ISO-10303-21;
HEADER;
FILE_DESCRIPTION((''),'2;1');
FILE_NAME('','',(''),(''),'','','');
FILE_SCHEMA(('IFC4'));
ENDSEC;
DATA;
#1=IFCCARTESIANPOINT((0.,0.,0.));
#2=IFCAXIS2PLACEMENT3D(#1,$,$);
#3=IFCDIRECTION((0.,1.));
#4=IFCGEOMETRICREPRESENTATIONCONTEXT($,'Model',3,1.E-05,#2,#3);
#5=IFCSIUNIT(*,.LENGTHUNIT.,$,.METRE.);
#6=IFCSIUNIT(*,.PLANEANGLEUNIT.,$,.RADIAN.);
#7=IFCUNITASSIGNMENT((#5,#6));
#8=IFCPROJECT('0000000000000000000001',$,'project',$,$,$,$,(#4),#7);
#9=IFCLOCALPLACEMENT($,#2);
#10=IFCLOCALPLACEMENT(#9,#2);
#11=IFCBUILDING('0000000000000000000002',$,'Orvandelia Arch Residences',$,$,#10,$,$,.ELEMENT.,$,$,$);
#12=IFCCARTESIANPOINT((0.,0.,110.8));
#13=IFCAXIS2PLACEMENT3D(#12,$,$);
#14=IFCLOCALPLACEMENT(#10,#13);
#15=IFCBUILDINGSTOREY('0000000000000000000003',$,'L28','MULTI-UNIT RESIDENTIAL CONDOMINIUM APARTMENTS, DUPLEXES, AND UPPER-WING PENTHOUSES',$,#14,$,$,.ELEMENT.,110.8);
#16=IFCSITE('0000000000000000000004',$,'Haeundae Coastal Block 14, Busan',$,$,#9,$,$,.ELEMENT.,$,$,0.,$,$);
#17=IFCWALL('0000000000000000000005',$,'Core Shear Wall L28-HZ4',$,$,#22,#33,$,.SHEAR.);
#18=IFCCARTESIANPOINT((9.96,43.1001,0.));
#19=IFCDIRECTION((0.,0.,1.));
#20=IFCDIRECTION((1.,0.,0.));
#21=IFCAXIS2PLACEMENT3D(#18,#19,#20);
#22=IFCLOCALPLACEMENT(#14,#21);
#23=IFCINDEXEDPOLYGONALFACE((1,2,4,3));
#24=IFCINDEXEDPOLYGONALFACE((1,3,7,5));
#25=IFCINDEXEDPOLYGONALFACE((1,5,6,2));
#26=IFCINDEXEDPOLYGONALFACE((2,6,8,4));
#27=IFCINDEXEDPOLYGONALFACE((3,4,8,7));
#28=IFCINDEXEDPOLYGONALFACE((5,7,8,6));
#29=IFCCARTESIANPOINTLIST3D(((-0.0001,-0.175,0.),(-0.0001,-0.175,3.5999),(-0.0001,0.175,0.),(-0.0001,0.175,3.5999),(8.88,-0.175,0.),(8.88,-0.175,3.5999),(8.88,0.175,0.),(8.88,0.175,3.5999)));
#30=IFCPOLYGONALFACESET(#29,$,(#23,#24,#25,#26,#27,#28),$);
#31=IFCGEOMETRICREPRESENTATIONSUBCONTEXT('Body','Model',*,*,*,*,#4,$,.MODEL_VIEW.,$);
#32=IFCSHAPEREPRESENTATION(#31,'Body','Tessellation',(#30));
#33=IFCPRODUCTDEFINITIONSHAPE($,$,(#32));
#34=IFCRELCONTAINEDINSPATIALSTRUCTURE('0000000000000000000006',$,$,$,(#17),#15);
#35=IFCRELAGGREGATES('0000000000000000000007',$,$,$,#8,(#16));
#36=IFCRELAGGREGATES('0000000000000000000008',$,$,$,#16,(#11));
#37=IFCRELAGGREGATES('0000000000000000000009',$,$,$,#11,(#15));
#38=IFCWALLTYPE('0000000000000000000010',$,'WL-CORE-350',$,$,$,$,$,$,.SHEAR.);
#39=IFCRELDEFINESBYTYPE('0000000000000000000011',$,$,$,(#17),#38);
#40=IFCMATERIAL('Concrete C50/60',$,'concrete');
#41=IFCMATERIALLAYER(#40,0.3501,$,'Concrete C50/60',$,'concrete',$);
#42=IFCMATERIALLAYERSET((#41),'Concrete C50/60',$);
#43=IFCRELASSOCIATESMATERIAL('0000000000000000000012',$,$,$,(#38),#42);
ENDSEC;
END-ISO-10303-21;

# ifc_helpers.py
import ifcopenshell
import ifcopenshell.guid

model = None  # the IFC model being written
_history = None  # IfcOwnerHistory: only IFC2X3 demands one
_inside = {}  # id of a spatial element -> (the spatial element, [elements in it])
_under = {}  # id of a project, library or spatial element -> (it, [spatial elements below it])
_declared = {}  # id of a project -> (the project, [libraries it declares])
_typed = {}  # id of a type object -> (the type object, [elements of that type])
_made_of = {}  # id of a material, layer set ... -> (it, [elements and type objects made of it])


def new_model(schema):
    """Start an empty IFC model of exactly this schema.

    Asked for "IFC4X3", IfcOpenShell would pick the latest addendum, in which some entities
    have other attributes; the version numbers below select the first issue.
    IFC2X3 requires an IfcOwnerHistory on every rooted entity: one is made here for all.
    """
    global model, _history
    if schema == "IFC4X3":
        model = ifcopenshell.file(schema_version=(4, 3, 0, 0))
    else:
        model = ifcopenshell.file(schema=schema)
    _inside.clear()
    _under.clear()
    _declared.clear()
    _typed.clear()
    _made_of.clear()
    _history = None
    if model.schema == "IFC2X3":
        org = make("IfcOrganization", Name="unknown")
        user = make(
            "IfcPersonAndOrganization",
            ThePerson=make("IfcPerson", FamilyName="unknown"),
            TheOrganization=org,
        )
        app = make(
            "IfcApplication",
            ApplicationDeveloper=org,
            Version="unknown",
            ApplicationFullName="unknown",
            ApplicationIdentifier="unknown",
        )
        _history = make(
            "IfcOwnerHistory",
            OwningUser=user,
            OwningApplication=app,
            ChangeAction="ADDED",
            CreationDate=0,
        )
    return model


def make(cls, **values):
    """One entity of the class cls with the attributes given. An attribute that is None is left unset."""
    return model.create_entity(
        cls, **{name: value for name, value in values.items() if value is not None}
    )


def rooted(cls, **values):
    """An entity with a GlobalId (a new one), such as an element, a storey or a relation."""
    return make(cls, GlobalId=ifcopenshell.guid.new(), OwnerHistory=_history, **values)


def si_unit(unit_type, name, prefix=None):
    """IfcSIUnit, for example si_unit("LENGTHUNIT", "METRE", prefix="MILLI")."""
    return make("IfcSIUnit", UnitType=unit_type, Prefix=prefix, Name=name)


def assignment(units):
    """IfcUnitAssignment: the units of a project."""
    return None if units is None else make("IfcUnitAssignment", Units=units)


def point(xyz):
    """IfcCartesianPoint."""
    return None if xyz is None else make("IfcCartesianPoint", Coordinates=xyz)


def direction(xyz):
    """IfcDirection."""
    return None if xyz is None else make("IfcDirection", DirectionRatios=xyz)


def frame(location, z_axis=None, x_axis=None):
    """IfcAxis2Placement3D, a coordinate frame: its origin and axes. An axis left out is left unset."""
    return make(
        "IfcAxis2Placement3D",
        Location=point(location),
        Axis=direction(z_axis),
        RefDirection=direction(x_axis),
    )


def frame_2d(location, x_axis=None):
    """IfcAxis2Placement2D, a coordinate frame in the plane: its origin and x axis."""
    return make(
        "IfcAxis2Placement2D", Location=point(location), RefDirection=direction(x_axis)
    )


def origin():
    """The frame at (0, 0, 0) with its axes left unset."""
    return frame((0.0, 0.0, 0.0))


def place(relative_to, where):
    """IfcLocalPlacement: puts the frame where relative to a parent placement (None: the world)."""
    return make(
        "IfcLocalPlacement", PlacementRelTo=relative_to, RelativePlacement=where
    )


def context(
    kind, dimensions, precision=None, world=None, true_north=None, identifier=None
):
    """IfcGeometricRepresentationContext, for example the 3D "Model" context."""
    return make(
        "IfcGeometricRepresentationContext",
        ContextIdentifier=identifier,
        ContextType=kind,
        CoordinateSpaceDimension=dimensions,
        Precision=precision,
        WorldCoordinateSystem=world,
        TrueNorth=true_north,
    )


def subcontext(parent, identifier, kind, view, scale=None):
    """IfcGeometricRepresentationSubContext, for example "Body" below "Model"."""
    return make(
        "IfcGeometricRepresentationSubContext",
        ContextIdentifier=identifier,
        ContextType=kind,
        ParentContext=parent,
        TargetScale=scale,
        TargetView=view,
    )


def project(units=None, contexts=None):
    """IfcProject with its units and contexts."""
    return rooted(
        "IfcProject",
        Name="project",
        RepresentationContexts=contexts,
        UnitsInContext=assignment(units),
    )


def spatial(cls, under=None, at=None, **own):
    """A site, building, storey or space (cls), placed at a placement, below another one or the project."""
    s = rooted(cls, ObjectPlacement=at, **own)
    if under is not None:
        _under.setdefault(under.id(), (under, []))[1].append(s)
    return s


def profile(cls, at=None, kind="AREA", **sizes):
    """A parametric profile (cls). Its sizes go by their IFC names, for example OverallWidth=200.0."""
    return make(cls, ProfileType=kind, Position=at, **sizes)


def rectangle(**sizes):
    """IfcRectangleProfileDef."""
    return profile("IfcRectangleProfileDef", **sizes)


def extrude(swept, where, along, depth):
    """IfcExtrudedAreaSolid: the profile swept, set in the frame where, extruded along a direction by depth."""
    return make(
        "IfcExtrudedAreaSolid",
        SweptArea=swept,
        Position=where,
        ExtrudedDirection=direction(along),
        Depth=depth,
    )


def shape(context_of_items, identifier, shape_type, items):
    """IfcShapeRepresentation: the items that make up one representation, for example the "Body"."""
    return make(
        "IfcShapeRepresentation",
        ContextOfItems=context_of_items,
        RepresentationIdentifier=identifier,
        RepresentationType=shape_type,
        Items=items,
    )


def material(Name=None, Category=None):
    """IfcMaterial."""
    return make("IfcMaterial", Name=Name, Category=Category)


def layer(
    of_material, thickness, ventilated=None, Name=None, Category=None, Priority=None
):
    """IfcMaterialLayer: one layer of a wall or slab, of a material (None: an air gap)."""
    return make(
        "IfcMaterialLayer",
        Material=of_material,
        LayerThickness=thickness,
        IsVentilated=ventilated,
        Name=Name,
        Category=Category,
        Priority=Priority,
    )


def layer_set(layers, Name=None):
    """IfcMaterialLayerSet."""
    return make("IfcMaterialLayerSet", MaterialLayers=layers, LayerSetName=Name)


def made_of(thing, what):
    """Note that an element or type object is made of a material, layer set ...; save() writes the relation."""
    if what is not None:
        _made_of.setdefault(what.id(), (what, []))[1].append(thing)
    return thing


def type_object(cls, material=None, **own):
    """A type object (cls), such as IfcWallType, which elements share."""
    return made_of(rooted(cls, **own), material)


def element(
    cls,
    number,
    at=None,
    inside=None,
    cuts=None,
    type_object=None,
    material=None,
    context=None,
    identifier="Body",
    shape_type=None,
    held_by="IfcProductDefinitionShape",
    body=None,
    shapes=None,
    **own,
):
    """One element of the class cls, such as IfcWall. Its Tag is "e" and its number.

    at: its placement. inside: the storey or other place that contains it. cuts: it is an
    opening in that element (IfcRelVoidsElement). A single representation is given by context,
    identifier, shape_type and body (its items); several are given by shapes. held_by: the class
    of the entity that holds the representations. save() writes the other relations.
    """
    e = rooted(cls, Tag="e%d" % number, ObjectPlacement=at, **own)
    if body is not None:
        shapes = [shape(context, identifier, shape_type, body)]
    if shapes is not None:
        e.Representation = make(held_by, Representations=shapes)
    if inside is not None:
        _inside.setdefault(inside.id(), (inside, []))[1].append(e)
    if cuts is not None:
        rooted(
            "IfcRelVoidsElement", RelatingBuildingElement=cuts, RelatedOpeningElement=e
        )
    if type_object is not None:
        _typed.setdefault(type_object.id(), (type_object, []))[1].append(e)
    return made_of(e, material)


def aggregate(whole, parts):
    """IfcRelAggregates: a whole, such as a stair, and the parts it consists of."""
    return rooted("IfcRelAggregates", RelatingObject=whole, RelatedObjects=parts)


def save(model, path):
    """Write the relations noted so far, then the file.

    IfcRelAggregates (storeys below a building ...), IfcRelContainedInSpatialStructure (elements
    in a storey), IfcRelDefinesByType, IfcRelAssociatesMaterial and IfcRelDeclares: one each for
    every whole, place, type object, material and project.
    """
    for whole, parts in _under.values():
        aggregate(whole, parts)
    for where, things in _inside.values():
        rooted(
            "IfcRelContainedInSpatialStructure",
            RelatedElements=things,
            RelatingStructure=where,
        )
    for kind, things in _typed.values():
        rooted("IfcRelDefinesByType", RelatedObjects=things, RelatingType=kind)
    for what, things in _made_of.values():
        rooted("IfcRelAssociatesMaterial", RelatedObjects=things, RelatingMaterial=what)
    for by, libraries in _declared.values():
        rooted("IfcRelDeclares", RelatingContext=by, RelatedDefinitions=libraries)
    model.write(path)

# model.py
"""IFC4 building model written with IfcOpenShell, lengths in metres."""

from ifc_helpers import new_model, si_unit, direction, frame, frame_2d, origin, place, context, subcontext, project, spatial, rectangle, extrude, material, layer, layer_set, type_object, element, save


model = new_model("IFC4")

# Units and contexts
model_context = context("Model", 3, precision=1e-05, world=origin(), true_north=direction((0.0, 1.0)))
body_context = subcontext(model_context, "Body", "Model", "MODEL_VIEW")
ifc_project = project(units=[si_unit("LENGTHUNIT", "METRE"), si_unit("PLANEANGLEUNIT", "RADIAN")], contexts=[model_context])

# Site, building, storey
site_placement = place(None, origin())
site = spatial("IfcSite", under=ifc_project, at=site_placement, Name="Haeundae Coastal Block 14, Busan", CompositionType="ELEMENT", RefElevation=0.0)
building_placement = place(site_placement, origin())
building = spatial("IfcBuilding", under=site, at=building_placement, Name="Orvandelia Arch Residences", CompositionType="ELEMENT")
storey_placement = place(building_placement, frame((0.0, 0.0, 110.8)))
storey = spatial("IfcBuildingStorey", under=building, at=storey_placement, Name="L28", Description="MULTI-UNIT RESIDENTIAL CONDOMINIUM APARTMENTS, DUPLEXES, AND UPPER-WING PENTHOUSES", CompositionType="ELEMENT", Elevation=110.8)

# Wall
ifc_material_1 = material(Name="Concrete C50/60", Category="concrete")
ifc_layer_1 = layer(ifc_material_1, 0.3501, Name="Concrete C50/60", Category="concrete")
ifc_layer_set_1 = layer_set([ifc_layer_1], Name="Concrete C50/60")
wall_type_1 = type_object("IfcWallType", Name="WL-CORE-350", PredefinedType="SHEAR", material=ifc_layer_set_1)
wall_1_placement = place(storey_placement, frame((9.96, 43.1001, 0.0), z_axis=(0.0, 0.0, 1.0), x_axis=(1.0, 0.0, 0.0)))
element("IfcWall", 1, at=wall_1_placement, inside=storey, type_object=wall_type_1, Name="Core Shear Wall L28-HZ4", PredefinedType="SHEAR", context=body_context, shape_type="SweptSolid", body=[
    extrude(rectangle(XDim=8.8801, YDim=0.3501, at=frame_2d((4.4399, 0.0))), origin(), (0.0, 0.0, 1.0), 3.5999),
])

save(model, "model.ifc")
